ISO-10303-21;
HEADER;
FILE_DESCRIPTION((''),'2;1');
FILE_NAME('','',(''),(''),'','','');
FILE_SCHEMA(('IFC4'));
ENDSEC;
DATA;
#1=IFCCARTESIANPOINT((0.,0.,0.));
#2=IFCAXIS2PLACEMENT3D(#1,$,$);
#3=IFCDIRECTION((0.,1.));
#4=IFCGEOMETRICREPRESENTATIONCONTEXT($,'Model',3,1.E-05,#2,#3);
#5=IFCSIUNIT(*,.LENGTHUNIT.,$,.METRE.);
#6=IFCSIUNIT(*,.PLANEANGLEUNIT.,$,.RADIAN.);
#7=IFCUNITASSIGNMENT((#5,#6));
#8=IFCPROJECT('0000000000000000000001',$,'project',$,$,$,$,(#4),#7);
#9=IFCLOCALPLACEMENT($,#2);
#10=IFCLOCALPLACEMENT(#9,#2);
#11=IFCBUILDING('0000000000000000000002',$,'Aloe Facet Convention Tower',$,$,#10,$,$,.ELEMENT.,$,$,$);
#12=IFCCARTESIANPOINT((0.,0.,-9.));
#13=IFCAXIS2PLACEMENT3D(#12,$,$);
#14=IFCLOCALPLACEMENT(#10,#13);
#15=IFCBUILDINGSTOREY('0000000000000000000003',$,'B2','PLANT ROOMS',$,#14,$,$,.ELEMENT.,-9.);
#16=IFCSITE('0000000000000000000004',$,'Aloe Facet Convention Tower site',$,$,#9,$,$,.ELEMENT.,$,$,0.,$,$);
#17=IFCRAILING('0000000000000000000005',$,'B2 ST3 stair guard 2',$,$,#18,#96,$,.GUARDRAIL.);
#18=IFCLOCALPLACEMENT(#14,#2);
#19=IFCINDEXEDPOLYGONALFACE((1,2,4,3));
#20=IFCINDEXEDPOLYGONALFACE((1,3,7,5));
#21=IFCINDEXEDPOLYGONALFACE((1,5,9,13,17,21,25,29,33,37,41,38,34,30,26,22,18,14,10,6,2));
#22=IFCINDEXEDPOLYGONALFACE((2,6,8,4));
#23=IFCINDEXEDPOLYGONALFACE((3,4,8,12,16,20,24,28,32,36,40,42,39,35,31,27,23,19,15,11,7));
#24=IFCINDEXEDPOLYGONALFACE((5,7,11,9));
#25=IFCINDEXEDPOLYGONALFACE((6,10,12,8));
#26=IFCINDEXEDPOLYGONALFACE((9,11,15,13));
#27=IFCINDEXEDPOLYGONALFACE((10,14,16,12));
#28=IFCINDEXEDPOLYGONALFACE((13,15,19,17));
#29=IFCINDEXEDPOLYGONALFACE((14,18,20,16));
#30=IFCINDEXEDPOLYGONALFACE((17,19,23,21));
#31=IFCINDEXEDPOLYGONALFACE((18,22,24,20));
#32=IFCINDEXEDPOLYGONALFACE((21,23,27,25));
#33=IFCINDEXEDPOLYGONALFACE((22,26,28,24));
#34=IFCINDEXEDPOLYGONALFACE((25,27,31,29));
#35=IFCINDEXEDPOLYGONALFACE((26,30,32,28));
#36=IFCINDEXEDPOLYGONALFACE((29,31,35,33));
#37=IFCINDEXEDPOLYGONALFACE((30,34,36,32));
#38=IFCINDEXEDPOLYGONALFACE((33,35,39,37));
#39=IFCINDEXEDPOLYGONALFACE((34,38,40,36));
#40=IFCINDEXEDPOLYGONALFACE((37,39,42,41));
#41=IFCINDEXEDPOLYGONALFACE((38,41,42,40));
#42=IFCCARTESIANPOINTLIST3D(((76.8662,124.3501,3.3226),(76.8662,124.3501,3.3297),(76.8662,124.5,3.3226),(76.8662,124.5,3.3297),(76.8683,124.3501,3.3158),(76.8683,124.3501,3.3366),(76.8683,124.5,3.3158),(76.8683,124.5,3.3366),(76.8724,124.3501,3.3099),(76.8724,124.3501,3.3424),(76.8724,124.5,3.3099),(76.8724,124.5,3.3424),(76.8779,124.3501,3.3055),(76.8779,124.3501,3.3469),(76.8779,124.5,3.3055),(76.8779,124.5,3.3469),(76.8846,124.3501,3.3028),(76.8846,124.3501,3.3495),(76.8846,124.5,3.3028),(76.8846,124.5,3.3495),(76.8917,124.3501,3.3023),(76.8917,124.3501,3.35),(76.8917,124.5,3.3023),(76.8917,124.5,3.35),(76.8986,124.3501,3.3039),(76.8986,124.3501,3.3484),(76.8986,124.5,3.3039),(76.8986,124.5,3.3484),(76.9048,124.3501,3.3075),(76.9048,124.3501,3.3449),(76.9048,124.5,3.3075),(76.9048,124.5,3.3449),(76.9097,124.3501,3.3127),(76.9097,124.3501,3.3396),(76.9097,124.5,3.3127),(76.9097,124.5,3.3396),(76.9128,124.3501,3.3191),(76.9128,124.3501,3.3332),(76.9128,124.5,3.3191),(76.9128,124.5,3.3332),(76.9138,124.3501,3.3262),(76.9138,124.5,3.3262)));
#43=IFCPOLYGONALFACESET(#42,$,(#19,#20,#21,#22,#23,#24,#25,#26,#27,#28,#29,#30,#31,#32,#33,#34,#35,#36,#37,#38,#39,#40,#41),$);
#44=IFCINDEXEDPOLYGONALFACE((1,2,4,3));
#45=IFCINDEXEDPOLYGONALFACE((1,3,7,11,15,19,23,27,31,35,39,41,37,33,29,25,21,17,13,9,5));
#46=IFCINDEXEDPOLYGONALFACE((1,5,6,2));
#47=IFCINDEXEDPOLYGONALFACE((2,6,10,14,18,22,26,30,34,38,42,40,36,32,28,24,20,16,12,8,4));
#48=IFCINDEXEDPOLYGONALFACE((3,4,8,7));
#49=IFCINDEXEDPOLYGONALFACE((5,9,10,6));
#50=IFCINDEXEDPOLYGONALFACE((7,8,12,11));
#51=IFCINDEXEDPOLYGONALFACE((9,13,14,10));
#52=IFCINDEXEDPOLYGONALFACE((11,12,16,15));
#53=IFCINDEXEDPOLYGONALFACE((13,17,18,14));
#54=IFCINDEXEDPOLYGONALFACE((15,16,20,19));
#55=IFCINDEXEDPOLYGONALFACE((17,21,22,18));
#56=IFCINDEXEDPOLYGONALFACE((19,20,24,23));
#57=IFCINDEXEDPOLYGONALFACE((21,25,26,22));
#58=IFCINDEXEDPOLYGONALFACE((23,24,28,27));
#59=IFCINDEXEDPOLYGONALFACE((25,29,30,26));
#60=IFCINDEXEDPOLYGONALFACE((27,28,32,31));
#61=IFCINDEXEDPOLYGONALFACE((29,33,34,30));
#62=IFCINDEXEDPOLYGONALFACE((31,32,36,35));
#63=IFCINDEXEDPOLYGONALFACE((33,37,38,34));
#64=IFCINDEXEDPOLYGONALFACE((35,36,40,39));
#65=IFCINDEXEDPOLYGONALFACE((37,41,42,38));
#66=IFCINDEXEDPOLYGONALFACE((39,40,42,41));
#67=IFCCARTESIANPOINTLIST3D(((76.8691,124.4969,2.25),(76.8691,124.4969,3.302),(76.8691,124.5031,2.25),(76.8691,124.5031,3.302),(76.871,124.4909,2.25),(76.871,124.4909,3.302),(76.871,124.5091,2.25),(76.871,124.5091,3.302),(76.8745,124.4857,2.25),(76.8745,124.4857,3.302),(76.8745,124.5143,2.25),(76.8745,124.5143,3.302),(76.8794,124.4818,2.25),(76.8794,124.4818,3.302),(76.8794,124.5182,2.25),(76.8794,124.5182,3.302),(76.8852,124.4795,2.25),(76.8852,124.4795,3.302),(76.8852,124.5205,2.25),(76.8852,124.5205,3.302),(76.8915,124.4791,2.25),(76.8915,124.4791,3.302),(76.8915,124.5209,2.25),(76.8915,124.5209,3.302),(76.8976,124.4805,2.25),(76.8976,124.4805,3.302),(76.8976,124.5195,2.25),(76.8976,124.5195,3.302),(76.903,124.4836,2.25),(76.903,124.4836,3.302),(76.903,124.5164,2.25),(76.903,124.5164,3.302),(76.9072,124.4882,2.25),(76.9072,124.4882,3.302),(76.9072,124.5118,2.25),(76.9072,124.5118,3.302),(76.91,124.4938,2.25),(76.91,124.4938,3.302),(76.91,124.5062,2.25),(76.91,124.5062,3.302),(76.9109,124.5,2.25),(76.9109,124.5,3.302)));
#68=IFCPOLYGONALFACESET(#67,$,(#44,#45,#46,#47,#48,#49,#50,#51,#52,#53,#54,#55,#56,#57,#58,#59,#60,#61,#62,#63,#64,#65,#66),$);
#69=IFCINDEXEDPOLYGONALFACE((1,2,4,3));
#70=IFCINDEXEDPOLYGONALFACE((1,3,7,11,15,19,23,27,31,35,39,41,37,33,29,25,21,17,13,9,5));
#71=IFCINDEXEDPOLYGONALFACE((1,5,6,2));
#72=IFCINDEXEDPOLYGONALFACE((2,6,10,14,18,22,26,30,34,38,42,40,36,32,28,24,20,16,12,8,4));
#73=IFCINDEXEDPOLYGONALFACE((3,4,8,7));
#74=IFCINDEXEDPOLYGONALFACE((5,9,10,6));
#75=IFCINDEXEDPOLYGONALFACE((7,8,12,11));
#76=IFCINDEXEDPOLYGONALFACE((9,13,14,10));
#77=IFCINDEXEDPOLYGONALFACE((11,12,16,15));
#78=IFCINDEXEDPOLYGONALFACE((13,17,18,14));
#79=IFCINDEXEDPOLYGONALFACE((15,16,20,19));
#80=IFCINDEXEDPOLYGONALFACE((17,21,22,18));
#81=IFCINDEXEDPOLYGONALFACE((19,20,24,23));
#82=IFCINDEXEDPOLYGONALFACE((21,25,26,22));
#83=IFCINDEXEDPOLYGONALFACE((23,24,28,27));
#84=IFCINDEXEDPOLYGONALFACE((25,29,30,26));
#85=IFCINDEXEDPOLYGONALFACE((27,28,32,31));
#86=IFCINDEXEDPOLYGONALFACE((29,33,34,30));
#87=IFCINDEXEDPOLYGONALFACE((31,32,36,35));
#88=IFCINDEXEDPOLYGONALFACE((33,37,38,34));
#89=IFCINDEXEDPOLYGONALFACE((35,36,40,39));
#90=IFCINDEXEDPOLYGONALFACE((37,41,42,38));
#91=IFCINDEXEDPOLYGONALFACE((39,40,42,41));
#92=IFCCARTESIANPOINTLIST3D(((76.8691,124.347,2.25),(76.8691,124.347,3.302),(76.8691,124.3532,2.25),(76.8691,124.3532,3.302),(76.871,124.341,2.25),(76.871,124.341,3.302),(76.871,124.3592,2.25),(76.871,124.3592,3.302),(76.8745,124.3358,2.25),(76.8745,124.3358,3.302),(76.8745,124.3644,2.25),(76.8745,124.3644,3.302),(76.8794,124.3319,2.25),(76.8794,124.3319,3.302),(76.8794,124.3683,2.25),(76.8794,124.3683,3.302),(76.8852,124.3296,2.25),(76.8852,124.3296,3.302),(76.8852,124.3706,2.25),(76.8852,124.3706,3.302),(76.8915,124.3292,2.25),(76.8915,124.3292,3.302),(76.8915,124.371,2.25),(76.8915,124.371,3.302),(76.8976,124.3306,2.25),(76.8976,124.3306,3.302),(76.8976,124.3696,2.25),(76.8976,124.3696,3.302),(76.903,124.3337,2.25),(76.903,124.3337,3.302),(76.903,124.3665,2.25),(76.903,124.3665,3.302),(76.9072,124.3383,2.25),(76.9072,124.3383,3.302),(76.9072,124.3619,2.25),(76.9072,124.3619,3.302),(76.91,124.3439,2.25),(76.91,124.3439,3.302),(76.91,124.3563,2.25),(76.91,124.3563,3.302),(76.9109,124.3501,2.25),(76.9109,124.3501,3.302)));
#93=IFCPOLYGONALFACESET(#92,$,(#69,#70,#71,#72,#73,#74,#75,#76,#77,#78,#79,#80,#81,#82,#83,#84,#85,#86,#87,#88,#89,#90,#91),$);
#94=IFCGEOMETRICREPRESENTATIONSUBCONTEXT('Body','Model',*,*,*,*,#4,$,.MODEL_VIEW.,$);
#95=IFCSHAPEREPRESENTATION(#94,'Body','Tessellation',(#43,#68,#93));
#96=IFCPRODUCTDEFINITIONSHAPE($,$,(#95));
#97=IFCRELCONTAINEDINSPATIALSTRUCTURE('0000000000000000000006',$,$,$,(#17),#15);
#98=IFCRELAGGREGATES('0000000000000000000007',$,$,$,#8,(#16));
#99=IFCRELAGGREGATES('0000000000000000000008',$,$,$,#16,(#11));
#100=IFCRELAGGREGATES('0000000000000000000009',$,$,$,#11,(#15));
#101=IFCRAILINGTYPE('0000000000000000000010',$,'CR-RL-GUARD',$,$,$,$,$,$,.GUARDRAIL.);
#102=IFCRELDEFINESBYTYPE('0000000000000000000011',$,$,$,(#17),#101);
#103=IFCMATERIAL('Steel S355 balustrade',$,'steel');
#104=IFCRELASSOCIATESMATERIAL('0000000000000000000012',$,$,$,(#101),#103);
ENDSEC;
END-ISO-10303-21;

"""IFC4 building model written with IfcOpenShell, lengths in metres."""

from ifc_helpers import new_model, si_unit, direction, frame, origin, origin_2d, place, context, subcontext, project, spatial, circle, extrude, material, type_object, element, save


model = new_model("IFC4")

# Units and contexts
model_context = context("Model", 3, precision=1e-05, world=origin(), true_north=direction((0.0, 1.0)))
body_context = subcontext(model_context, "Body", "Model", "MODEL_VIEW")
ifc_project = project(units=[si_unit("LENGTHUNIT", "METRE"), si_unit("PLANEANGLEUNIT", "RADIAN")], contexts=[model_context])

# Site, building, storey
site_placement = place(None, origin())
site = spatial("IfcSite", under=ifc_project, at=site_placement, Name="Aloe Facet Convention Tower site", CompositionType="ELEMENT", RefElevation=0.0)
building_placement = place(site_placement, origin())
building = spatial("IfcBuilding", under=site, at=building_placement, Name="Aloe Facet Convention Tower", CompositionType="ELEMENT")
storey_placement = place(building_placement, frame((0.0, 0.0, -9.0)))
storey = spatial("IfcBuildingStorey", under=building, at=storey_placement, Name="B2", Description="PLANT ROOMS", CompositionType="ELEMENT", Elevation=-9.0)

# Railing
ifc_material_1 = material(Name="Steel S355 balustrade", Category="steel")
railing_type_1 = type_object("IfcRailingType", Name="CR-RL-GUARD", PredefinedType="GUARDRAIL", material=ifc_material_1)
railing_1_placement = place(storey_placement, frame((76.8899, 124.5, 2.25)))
element("IfcRailing", 1, at=railing_1_placement, inside=storey, type_object=railing_type_1, Name="B2 ST3 stair guard 2", PredefinedType="GUARDRAIL", context=body_context, shape_type="SweptSolid", body=[
    extrude(circle(Radius=0.0239, at=origin_2d()), frame((0.0, 0.0, 1.0762), z_axis=(0.0, -1.0, 0.0), x_axis=(1.0, 0.0, 0.0)), (0.0, 0.0, 1.0), 0.1499),
    extrude(circle(Radius=0.021, at=origin_2d()), origin(), (0.0, 0.0, 1.0), 1.052),
    extrude(circle(Radius=0.021, at=origin_2d()), frame((0.0, -0.1499, 0.0)), (0.0, 0.0, 1.0), 1.052),
])

save(model, "model.ifc")
